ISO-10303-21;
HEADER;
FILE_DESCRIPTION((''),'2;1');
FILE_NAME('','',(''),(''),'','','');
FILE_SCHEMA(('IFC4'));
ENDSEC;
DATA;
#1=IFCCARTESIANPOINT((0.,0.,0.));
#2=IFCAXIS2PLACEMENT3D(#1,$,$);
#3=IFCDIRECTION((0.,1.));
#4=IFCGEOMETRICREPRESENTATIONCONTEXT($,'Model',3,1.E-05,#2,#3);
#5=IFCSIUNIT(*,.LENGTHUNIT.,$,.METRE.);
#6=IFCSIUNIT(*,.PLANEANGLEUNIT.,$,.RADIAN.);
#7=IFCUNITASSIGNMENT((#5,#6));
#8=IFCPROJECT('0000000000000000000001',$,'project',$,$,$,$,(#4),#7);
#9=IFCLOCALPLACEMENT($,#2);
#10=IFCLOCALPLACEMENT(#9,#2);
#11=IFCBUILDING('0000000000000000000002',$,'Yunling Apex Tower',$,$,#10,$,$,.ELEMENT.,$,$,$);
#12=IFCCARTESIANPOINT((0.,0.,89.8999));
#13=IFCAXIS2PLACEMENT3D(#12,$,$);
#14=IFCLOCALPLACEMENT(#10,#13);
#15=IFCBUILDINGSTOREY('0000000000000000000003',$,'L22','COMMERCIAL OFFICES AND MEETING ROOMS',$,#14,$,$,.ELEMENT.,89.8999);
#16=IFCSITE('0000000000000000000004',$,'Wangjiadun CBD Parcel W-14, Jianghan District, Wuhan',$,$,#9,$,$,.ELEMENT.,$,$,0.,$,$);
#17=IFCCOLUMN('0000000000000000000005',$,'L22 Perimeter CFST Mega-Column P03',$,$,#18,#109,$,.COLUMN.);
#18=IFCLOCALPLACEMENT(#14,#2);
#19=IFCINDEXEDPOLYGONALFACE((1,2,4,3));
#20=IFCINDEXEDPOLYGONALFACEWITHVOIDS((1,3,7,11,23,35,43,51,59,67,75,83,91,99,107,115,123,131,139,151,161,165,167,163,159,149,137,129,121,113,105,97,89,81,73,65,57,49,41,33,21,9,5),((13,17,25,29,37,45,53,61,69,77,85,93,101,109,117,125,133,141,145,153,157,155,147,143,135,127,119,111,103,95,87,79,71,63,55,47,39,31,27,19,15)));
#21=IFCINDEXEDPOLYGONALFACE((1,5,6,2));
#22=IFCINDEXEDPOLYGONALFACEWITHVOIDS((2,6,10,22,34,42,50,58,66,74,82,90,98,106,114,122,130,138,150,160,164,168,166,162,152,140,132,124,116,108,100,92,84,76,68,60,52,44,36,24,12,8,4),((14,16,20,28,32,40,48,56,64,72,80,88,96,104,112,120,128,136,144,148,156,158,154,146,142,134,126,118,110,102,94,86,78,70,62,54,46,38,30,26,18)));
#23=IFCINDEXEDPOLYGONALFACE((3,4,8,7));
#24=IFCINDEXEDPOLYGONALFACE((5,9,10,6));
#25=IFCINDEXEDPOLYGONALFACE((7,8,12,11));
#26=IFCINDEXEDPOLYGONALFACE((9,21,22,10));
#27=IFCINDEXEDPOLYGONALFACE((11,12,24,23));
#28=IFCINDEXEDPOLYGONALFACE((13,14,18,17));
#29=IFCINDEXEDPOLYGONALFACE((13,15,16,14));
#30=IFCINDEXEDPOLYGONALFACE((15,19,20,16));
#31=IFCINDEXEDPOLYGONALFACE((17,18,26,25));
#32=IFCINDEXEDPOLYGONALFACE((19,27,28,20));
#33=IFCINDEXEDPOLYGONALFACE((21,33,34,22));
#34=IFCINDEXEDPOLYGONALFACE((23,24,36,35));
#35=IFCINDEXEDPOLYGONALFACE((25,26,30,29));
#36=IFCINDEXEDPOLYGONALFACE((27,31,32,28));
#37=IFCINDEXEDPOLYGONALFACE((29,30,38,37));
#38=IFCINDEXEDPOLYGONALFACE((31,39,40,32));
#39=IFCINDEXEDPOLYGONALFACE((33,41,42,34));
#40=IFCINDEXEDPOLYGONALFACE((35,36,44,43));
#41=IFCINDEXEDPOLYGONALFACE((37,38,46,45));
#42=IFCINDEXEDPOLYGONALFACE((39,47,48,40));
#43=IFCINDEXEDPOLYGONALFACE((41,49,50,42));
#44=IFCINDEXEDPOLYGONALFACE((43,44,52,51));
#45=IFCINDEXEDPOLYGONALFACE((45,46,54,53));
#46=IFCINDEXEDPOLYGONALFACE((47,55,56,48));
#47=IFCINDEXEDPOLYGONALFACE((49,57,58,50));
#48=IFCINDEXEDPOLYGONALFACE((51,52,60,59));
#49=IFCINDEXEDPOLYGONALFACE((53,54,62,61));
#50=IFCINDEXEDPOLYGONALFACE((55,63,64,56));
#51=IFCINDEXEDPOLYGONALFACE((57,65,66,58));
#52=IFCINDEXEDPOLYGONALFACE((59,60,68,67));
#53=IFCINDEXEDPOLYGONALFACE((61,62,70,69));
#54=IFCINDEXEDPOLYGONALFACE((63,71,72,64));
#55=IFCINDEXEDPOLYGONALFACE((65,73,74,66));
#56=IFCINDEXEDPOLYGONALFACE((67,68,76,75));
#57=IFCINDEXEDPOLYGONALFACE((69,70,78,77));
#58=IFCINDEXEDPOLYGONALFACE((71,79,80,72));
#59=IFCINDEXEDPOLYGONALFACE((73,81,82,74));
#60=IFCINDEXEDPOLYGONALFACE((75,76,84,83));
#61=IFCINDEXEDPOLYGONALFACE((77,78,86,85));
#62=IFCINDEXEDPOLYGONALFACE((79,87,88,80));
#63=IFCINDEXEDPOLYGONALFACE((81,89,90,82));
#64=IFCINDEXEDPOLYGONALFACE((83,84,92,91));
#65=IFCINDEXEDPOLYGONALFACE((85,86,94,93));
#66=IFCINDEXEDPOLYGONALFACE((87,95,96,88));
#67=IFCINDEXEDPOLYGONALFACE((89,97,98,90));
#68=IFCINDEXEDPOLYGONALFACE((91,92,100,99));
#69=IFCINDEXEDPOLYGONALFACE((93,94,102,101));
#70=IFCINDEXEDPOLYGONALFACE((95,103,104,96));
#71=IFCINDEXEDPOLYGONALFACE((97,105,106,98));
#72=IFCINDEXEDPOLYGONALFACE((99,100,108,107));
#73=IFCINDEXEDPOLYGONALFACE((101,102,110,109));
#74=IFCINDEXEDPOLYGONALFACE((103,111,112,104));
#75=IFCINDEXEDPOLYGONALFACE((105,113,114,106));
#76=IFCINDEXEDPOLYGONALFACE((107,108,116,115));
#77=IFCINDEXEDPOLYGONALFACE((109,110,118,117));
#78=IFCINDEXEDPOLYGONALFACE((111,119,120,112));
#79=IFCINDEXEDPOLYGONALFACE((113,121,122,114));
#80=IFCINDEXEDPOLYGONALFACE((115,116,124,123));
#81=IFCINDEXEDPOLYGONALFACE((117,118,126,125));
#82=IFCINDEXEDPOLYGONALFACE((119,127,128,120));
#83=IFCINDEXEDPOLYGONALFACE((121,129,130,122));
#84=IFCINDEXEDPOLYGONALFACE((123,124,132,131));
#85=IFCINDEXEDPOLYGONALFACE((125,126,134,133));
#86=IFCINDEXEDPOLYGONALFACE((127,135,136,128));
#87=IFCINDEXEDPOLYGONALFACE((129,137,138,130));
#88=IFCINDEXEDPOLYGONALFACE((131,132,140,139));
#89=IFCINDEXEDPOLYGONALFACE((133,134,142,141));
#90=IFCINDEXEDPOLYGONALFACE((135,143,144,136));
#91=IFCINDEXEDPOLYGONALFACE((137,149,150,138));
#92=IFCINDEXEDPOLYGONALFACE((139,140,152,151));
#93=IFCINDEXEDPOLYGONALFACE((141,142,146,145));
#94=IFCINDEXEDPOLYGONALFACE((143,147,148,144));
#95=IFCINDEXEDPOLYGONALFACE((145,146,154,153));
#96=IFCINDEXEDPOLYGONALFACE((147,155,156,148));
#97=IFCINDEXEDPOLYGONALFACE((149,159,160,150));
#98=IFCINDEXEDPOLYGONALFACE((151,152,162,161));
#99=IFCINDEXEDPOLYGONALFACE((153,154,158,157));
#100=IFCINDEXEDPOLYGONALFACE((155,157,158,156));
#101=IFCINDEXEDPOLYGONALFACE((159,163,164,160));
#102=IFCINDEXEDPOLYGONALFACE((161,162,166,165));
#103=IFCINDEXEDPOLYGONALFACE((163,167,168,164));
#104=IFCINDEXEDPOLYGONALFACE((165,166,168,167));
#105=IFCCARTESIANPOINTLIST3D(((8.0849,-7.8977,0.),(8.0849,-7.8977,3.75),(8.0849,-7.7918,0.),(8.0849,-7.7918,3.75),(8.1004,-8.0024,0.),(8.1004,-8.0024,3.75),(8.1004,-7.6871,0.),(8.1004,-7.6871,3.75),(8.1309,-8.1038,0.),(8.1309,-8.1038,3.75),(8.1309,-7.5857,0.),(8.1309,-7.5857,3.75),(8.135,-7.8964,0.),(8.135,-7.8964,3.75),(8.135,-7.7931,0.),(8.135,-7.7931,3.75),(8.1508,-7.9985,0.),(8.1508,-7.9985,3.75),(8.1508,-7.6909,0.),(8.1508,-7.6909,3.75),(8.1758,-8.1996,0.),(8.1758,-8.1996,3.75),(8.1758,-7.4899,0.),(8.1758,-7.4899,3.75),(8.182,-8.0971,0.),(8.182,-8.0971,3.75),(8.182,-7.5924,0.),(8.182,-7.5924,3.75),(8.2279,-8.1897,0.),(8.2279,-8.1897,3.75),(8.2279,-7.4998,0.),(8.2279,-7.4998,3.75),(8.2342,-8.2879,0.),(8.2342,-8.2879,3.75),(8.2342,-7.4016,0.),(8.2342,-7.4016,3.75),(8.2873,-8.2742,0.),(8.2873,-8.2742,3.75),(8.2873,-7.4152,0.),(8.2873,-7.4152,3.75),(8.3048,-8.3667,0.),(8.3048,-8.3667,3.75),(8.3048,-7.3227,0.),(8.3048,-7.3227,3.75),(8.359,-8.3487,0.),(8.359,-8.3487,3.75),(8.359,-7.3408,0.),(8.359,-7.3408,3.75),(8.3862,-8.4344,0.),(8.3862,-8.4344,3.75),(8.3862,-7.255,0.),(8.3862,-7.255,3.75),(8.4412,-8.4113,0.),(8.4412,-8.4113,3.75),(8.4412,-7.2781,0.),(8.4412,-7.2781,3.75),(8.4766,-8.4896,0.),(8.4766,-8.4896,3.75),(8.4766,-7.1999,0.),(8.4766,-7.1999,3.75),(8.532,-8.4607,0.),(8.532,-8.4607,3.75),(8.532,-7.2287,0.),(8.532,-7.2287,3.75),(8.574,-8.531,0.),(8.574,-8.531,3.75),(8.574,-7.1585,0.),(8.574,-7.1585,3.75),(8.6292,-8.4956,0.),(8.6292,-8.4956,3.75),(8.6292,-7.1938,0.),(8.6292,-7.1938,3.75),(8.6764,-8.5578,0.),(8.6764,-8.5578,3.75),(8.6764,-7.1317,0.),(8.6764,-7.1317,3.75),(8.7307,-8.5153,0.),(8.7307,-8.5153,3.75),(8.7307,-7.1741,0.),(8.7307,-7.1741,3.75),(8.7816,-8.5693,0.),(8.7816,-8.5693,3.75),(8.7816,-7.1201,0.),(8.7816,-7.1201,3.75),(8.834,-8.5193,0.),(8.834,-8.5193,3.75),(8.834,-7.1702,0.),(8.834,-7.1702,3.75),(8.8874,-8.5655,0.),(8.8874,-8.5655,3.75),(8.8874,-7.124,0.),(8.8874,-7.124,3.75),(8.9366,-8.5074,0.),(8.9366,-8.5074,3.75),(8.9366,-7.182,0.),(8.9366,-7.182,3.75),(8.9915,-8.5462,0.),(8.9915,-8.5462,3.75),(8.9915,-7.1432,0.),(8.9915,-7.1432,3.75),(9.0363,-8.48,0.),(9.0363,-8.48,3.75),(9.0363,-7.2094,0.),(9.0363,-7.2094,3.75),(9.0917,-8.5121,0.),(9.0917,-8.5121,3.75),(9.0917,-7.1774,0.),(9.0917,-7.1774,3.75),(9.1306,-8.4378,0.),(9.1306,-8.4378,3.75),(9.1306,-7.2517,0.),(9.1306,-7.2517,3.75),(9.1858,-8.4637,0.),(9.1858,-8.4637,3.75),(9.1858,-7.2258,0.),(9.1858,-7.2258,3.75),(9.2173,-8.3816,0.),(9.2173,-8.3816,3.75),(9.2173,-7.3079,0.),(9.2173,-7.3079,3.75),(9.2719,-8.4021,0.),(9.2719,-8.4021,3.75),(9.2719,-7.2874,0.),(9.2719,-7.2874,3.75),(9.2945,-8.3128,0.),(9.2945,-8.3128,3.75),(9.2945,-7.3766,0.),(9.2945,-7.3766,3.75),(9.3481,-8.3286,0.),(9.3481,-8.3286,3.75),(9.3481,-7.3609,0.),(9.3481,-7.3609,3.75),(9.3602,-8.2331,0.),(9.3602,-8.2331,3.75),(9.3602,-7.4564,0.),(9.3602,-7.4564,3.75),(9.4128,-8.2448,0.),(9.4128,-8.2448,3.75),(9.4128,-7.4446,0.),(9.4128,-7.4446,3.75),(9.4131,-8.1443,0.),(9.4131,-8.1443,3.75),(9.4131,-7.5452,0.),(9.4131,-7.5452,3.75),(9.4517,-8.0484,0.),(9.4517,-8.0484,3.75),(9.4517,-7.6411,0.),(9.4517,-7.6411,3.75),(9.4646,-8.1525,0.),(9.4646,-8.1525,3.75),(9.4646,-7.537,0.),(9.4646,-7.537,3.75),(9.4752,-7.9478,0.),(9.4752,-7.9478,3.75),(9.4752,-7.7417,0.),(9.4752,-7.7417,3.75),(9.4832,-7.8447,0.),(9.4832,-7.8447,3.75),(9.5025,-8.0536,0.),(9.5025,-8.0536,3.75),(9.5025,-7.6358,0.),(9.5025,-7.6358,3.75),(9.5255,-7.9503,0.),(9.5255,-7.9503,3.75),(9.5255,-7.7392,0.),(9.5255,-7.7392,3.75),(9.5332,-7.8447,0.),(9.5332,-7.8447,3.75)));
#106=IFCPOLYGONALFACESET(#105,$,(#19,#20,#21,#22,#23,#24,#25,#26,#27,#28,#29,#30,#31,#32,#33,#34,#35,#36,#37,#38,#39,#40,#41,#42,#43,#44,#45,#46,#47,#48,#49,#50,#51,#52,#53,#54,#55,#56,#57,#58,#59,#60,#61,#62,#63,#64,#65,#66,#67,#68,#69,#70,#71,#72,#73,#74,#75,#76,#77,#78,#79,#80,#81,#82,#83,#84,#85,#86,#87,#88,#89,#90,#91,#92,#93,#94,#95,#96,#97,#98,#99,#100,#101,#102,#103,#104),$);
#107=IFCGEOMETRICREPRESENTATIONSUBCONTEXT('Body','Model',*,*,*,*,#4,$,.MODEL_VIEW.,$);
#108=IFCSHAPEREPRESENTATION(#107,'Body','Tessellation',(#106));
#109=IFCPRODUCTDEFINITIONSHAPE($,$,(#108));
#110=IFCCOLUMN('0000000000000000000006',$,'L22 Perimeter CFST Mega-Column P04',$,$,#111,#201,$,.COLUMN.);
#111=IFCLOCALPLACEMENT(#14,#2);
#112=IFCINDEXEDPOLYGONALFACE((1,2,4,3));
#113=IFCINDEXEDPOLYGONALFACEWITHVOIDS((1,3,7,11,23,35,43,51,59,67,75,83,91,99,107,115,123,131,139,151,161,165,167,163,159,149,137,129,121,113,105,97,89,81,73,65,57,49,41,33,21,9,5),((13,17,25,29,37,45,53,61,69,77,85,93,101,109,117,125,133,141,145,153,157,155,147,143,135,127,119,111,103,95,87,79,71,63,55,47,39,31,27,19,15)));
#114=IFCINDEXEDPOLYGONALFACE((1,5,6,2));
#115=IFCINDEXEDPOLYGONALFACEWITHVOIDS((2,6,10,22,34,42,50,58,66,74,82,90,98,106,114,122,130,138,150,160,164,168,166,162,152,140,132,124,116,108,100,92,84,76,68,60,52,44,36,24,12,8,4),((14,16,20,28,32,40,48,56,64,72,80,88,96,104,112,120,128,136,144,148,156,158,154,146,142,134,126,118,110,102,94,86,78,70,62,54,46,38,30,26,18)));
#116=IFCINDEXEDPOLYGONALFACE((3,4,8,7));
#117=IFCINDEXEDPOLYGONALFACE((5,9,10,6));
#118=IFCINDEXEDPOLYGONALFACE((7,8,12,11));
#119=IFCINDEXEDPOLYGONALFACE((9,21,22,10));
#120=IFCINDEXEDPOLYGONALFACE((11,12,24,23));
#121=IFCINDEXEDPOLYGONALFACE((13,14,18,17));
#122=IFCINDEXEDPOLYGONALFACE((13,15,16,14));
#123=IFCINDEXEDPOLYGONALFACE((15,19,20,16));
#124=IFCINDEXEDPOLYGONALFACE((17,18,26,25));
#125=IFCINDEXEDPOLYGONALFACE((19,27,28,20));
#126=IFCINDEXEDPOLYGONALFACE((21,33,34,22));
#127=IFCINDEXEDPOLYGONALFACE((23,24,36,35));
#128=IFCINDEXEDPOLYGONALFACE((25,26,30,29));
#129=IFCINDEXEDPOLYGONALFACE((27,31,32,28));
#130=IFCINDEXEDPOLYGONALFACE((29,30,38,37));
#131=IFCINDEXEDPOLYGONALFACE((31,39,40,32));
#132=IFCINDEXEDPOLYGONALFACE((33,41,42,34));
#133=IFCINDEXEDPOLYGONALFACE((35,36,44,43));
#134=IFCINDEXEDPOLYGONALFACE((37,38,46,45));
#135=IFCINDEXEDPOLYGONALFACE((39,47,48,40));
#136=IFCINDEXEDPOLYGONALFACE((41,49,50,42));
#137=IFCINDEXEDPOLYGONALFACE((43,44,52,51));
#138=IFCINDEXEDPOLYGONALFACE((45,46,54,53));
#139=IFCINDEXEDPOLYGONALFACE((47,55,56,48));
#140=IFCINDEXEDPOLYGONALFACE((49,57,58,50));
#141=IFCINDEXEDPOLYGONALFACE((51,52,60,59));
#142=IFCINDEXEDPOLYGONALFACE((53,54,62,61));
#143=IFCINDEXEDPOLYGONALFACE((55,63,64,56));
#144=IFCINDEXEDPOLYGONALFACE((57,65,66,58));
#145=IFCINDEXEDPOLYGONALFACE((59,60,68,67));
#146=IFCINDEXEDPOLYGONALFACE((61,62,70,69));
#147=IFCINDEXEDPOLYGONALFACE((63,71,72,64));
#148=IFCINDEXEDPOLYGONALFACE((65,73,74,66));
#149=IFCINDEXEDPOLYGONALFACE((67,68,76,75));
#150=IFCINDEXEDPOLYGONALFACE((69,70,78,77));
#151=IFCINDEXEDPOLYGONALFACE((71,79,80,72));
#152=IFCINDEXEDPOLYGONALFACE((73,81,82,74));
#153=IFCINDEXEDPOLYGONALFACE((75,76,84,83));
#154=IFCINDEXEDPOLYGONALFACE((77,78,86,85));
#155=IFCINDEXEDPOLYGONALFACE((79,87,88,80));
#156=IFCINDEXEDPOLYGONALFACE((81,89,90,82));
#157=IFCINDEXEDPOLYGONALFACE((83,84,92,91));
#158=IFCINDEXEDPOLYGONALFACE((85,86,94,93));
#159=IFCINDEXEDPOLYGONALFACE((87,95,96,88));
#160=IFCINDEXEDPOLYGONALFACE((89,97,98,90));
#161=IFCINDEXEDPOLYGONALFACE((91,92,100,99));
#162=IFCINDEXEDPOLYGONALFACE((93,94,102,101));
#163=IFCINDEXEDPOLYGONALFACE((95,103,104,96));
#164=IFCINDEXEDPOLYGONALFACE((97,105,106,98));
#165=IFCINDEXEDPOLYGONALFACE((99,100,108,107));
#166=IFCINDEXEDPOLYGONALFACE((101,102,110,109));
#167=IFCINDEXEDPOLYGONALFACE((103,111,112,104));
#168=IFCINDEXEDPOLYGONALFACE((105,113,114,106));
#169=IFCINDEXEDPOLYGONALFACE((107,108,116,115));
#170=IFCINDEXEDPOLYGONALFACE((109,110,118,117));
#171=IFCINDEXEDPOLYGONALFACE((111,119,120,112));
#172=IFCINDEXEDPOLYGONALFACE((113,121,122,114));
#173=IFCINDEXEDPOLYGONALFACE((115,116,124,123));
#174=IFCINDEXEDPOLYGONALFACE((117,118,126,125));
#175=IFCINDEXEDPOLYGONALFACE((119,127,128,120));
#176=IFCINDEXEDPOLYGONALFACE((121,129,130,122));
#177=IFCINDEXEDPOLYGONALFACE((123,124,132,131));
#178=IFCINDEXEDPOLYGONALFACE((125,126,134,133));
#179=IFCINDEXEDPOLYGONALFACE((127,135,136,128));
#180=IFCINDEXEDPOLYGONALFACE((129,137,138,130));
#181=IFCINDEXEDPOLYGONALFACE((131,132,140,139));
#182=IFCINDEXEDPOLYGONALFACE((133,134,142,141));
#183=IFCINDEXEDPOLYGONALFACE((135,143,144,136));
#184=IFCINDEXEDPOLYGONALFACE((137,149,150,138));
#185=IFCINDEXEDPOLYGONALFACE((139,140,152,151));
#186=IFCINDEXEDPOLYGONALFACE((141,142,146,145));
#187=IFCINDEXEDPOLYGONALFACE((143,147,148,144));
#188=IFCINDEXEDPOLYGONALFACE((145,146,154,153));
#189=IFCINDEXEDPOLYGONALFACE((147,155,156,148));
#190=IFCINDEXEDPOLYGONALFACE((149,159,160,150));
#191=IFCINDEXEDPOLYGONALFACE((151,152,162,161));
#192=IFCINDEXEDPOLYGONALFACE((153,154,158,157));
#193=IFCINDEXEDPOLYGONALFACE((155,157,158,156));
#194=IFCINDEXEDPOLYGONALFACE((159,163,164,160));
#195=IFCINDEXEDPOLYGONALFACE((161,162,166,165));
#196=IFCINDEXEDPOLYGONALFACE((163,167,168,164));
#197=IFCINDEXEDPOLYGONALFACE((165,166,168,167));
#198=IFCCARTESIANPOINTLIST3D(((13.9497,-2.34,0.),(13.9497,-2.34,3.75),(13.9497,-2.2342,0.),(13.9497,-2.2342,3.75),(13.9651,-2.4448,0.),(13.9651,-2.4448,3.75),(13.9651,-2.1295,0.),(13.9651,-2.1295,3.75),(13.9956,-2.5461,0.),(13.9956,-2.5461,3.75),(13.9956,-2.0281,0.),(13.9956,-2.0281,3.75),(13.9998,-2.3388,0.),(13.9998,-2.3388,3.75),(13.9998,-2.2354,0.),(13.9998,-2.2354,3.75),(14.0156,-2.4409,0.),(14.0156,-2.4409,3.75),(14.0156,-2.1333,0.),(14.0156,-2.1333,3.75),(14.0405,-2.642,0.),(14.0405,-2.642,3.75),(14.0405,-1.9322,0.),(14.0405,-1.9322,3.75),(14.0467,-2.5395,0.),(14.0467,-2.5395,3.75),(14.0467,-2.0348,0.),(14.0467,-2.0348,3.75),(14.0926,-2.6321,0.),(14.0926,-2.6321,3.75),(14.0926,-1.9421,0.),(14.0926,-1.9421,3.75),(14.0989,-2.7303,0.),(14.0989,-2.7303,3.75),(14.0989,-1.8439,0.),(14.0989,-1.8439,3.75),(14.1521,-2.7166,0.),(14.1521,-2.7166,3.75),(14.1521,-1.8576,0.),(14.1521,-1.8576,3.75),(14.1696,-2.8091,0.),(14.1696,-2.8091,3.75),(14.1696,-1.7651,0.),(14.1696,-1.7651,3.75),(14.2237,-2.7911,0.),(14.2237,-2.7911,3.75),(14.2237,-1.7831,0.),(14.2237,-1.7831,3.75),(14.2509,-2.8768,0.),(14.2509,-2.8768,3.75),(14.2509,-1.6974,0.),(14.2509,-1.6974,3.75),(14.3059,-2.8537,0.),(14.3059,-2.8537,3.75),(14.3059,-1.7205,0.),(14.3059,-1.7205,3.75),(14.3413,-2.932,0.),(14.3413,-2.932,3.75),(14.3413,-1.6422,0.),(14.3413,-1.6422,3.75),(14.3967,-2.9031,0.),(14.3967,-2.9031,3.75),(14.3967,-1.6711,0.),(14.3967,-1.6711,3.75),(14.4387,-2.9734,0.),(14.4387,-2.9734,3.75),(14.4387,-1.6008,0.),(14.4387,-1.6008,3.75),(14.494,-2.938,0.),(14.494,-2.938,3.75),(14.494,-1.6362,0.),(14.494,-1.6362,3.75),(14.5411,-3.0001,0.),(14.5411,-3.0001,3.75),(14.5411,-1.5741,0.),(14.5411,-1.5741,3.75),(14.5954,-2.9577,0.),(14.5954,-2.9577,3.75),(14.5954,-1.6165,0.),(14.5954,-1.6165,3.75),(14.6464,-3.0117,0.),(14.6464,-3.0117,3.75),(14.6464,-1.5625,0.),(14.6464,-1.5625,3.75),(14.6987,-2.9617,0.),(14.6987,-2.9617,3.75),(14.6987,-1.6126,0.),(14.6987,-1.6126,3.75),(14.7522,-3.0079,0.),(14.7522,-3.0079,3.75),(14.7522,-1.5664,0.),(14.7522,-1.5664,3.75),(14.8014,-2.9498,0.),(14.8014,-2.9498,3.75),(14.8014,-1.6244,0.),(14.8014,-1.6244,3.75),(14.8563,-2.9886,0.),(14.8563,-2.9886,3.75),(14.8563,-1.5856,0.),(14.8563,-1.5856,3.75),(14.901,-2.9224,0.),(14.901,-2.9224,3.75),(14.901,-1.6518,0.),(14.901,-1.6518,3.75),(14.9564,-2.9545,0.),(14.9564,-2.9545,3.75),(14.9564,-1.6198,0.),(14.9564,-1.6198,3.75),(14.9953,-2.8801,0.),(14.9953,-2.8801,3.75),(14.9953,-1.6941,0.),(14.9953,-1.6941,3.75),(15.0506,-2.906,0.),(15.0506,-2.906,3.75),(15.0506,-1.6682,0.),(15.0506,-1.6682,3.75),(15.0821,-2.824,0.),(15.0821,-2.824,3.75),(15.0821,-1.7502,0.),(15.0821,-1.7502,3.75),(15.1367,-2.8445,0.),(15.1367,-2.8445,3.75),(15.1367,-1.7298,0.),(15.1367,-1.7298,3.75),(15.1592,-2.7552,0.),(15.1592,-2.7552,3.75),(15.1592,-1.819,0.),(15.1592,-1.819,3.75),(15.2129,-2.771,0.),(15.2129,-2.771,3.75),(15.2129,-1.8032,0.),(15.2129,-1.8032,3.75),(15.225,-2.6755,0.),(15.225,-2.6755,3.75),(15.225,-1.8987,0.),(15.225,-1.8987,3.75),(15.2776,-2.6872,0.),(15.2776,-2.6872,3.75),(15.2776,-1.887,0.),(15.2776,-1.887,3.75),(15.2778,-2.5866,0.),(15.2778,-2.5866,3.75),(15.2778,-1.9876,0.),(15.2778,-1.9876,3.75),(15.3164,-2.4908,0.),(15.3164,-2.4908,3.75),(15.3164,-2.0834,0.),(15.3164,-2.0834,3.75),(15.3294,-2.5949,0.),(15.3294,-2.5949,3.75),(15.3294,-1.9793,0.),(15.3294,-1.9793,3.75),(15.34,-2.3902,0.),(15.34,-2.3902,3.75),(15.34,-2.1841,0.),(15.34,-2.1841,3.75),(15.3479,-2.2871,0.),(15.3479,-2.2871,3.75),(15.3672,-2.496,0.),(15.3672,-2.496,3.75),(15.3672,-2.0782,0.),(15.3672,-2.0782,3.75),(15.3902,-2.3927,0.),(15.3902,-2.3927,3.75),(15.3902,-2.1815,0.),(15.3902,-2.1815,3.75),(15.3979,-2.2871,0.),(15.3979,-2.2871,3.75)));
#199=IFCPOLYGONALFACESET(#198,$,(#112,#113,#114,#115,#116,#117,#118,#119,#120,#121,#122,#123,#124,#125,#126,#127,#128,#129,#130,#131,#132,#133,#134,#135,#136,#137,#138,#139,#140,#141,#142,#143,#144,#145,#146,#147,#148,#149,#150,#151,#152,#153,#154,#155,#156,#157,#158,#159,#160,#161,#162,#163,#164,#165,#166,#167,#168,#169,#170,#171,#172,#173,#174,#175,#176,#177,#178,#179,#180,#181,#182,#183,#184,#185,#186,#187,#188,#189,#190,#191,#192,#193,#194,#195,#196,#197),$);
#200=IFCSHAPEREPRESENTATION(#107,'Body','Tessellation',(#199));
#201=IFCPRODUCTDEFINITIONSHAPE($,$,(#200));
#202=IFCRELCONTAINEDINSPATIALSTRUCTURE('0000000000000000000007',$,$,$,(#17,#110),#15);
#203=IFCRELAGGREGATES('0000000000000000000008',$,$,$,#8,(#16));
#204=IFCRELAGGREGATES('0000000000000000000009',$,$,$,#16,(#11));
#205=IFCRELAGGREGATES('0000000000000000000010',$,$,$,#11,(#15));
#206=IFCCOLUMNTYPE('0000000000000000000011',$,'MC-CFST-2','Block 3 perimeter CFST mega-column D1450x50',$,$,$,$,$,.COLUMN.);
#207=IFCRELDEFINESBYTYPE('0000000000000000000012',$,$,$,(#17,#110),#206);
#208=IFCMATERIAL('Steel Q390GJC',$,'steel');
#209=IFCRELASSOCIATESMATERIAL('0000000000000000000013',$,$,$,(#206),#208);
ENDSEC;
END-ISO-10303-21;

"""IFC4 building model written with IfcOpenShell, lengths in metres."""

from ifc_helpers import new_model, si_unit, direction, frame, origin, origin_2d, place, context, subcontext, project, spatial, hollow_circle, extrude, source, transform, mapped, material, material_profile, profile_set, type_object, element, save


model = new_model("IFC4")

# Units and contexts
model_context = context("Model", 3, precision=1e-05, world=origin(), true_north=direction((0.0, 1.0)))
body_context = subcontext(model_context, "Body", "Model", "MODEL_VIEW")
ifc_project = project(units=[si_unit("LENGTHUNIT", "METRE"), si_unit("PLANEANGLEUNIT", "RADIAN")], contexts=[model_context])

# Site, building, storey
site_placement = place(None, origin())
site = spatial("IfcSite", under=ifc_project, at=site_placement, Name="Wangjiadun CBD Parcel W-14, Jianghan District, Wuhan", CompositionType="ELEMENT", RefElevation=0.0)
building_placement = place(site_placement, origin())
building = spatial("IfcBuilding", under=site, at=building_placement, Name="Yunling Apex Tower", CompositionType="ELEMENT")
storey_placement = place(building_placement, frame((0.0, 0.0, 89.8999)))
storey = spatial("IfcBuildingStorey", under=building, at=storey_placement, Name="L22", Description="COMMERCIAL OFFICES AND MEETING ROOMS", CompositionType="ELEMENT", Elevation=89.8999)

# Columns
ifc_material_1 = material(Name="Steel Q390GJC", Category="steel")
ifc_material_profile_1 = material_profile(ifc_material_1, hollow_circle(Radius=0.7251, WallThickness=0.05, at=origin_2d()))
ifc_profile_set_1 = profile_set([ifc_material_profile_1], Name="Steel Q390GJC")
column_type = type_object("IfcColumnType", Name="MC-CFST-2", Description="Block 3 perimeter CFST mega-column D1450x50", PredefinedType="COLUMN", material=ifc_profile_set_1)
shared_shape_1 = source(origin(), body_context, "Body", "SweptSolid", [
    extrude(hollow_circle(Radius=0.7251, WallThickness=0.05, at=origin_2d()), origin(), (0.0, 0.0, 1.0), 3.75),
])
for number, where, z_axis, x_axis, name in (
    (1, (8.8081, -7.8447, 0.0), (0.0, 0.0, 1.0), (1.0, 0.0, 0.0), "L22 Perimeter CFST Mega-Column P03"),
    (2, (14.6729, -2.2871, 0.0), (0.0, 0.0, 1.0), (1.0, 0.0, 0.0), "L22 Perimeter CFST Mega-Column P04"),
):
    element("IfcColumn", number, at=place(storey_placement, frame(where, z_axis=z_axis, x_axis=x_axis)), inside=storey, type_object=column_type, Name=name, PredefinedType="COLUMN", context=body_context, shape_type="MappedRepresentation", body=[
        mapped(shared_shape_1, transform((0.0, 0.0, 0.0), scale=1.0)),
    ])

save(model, "model.ifc")
